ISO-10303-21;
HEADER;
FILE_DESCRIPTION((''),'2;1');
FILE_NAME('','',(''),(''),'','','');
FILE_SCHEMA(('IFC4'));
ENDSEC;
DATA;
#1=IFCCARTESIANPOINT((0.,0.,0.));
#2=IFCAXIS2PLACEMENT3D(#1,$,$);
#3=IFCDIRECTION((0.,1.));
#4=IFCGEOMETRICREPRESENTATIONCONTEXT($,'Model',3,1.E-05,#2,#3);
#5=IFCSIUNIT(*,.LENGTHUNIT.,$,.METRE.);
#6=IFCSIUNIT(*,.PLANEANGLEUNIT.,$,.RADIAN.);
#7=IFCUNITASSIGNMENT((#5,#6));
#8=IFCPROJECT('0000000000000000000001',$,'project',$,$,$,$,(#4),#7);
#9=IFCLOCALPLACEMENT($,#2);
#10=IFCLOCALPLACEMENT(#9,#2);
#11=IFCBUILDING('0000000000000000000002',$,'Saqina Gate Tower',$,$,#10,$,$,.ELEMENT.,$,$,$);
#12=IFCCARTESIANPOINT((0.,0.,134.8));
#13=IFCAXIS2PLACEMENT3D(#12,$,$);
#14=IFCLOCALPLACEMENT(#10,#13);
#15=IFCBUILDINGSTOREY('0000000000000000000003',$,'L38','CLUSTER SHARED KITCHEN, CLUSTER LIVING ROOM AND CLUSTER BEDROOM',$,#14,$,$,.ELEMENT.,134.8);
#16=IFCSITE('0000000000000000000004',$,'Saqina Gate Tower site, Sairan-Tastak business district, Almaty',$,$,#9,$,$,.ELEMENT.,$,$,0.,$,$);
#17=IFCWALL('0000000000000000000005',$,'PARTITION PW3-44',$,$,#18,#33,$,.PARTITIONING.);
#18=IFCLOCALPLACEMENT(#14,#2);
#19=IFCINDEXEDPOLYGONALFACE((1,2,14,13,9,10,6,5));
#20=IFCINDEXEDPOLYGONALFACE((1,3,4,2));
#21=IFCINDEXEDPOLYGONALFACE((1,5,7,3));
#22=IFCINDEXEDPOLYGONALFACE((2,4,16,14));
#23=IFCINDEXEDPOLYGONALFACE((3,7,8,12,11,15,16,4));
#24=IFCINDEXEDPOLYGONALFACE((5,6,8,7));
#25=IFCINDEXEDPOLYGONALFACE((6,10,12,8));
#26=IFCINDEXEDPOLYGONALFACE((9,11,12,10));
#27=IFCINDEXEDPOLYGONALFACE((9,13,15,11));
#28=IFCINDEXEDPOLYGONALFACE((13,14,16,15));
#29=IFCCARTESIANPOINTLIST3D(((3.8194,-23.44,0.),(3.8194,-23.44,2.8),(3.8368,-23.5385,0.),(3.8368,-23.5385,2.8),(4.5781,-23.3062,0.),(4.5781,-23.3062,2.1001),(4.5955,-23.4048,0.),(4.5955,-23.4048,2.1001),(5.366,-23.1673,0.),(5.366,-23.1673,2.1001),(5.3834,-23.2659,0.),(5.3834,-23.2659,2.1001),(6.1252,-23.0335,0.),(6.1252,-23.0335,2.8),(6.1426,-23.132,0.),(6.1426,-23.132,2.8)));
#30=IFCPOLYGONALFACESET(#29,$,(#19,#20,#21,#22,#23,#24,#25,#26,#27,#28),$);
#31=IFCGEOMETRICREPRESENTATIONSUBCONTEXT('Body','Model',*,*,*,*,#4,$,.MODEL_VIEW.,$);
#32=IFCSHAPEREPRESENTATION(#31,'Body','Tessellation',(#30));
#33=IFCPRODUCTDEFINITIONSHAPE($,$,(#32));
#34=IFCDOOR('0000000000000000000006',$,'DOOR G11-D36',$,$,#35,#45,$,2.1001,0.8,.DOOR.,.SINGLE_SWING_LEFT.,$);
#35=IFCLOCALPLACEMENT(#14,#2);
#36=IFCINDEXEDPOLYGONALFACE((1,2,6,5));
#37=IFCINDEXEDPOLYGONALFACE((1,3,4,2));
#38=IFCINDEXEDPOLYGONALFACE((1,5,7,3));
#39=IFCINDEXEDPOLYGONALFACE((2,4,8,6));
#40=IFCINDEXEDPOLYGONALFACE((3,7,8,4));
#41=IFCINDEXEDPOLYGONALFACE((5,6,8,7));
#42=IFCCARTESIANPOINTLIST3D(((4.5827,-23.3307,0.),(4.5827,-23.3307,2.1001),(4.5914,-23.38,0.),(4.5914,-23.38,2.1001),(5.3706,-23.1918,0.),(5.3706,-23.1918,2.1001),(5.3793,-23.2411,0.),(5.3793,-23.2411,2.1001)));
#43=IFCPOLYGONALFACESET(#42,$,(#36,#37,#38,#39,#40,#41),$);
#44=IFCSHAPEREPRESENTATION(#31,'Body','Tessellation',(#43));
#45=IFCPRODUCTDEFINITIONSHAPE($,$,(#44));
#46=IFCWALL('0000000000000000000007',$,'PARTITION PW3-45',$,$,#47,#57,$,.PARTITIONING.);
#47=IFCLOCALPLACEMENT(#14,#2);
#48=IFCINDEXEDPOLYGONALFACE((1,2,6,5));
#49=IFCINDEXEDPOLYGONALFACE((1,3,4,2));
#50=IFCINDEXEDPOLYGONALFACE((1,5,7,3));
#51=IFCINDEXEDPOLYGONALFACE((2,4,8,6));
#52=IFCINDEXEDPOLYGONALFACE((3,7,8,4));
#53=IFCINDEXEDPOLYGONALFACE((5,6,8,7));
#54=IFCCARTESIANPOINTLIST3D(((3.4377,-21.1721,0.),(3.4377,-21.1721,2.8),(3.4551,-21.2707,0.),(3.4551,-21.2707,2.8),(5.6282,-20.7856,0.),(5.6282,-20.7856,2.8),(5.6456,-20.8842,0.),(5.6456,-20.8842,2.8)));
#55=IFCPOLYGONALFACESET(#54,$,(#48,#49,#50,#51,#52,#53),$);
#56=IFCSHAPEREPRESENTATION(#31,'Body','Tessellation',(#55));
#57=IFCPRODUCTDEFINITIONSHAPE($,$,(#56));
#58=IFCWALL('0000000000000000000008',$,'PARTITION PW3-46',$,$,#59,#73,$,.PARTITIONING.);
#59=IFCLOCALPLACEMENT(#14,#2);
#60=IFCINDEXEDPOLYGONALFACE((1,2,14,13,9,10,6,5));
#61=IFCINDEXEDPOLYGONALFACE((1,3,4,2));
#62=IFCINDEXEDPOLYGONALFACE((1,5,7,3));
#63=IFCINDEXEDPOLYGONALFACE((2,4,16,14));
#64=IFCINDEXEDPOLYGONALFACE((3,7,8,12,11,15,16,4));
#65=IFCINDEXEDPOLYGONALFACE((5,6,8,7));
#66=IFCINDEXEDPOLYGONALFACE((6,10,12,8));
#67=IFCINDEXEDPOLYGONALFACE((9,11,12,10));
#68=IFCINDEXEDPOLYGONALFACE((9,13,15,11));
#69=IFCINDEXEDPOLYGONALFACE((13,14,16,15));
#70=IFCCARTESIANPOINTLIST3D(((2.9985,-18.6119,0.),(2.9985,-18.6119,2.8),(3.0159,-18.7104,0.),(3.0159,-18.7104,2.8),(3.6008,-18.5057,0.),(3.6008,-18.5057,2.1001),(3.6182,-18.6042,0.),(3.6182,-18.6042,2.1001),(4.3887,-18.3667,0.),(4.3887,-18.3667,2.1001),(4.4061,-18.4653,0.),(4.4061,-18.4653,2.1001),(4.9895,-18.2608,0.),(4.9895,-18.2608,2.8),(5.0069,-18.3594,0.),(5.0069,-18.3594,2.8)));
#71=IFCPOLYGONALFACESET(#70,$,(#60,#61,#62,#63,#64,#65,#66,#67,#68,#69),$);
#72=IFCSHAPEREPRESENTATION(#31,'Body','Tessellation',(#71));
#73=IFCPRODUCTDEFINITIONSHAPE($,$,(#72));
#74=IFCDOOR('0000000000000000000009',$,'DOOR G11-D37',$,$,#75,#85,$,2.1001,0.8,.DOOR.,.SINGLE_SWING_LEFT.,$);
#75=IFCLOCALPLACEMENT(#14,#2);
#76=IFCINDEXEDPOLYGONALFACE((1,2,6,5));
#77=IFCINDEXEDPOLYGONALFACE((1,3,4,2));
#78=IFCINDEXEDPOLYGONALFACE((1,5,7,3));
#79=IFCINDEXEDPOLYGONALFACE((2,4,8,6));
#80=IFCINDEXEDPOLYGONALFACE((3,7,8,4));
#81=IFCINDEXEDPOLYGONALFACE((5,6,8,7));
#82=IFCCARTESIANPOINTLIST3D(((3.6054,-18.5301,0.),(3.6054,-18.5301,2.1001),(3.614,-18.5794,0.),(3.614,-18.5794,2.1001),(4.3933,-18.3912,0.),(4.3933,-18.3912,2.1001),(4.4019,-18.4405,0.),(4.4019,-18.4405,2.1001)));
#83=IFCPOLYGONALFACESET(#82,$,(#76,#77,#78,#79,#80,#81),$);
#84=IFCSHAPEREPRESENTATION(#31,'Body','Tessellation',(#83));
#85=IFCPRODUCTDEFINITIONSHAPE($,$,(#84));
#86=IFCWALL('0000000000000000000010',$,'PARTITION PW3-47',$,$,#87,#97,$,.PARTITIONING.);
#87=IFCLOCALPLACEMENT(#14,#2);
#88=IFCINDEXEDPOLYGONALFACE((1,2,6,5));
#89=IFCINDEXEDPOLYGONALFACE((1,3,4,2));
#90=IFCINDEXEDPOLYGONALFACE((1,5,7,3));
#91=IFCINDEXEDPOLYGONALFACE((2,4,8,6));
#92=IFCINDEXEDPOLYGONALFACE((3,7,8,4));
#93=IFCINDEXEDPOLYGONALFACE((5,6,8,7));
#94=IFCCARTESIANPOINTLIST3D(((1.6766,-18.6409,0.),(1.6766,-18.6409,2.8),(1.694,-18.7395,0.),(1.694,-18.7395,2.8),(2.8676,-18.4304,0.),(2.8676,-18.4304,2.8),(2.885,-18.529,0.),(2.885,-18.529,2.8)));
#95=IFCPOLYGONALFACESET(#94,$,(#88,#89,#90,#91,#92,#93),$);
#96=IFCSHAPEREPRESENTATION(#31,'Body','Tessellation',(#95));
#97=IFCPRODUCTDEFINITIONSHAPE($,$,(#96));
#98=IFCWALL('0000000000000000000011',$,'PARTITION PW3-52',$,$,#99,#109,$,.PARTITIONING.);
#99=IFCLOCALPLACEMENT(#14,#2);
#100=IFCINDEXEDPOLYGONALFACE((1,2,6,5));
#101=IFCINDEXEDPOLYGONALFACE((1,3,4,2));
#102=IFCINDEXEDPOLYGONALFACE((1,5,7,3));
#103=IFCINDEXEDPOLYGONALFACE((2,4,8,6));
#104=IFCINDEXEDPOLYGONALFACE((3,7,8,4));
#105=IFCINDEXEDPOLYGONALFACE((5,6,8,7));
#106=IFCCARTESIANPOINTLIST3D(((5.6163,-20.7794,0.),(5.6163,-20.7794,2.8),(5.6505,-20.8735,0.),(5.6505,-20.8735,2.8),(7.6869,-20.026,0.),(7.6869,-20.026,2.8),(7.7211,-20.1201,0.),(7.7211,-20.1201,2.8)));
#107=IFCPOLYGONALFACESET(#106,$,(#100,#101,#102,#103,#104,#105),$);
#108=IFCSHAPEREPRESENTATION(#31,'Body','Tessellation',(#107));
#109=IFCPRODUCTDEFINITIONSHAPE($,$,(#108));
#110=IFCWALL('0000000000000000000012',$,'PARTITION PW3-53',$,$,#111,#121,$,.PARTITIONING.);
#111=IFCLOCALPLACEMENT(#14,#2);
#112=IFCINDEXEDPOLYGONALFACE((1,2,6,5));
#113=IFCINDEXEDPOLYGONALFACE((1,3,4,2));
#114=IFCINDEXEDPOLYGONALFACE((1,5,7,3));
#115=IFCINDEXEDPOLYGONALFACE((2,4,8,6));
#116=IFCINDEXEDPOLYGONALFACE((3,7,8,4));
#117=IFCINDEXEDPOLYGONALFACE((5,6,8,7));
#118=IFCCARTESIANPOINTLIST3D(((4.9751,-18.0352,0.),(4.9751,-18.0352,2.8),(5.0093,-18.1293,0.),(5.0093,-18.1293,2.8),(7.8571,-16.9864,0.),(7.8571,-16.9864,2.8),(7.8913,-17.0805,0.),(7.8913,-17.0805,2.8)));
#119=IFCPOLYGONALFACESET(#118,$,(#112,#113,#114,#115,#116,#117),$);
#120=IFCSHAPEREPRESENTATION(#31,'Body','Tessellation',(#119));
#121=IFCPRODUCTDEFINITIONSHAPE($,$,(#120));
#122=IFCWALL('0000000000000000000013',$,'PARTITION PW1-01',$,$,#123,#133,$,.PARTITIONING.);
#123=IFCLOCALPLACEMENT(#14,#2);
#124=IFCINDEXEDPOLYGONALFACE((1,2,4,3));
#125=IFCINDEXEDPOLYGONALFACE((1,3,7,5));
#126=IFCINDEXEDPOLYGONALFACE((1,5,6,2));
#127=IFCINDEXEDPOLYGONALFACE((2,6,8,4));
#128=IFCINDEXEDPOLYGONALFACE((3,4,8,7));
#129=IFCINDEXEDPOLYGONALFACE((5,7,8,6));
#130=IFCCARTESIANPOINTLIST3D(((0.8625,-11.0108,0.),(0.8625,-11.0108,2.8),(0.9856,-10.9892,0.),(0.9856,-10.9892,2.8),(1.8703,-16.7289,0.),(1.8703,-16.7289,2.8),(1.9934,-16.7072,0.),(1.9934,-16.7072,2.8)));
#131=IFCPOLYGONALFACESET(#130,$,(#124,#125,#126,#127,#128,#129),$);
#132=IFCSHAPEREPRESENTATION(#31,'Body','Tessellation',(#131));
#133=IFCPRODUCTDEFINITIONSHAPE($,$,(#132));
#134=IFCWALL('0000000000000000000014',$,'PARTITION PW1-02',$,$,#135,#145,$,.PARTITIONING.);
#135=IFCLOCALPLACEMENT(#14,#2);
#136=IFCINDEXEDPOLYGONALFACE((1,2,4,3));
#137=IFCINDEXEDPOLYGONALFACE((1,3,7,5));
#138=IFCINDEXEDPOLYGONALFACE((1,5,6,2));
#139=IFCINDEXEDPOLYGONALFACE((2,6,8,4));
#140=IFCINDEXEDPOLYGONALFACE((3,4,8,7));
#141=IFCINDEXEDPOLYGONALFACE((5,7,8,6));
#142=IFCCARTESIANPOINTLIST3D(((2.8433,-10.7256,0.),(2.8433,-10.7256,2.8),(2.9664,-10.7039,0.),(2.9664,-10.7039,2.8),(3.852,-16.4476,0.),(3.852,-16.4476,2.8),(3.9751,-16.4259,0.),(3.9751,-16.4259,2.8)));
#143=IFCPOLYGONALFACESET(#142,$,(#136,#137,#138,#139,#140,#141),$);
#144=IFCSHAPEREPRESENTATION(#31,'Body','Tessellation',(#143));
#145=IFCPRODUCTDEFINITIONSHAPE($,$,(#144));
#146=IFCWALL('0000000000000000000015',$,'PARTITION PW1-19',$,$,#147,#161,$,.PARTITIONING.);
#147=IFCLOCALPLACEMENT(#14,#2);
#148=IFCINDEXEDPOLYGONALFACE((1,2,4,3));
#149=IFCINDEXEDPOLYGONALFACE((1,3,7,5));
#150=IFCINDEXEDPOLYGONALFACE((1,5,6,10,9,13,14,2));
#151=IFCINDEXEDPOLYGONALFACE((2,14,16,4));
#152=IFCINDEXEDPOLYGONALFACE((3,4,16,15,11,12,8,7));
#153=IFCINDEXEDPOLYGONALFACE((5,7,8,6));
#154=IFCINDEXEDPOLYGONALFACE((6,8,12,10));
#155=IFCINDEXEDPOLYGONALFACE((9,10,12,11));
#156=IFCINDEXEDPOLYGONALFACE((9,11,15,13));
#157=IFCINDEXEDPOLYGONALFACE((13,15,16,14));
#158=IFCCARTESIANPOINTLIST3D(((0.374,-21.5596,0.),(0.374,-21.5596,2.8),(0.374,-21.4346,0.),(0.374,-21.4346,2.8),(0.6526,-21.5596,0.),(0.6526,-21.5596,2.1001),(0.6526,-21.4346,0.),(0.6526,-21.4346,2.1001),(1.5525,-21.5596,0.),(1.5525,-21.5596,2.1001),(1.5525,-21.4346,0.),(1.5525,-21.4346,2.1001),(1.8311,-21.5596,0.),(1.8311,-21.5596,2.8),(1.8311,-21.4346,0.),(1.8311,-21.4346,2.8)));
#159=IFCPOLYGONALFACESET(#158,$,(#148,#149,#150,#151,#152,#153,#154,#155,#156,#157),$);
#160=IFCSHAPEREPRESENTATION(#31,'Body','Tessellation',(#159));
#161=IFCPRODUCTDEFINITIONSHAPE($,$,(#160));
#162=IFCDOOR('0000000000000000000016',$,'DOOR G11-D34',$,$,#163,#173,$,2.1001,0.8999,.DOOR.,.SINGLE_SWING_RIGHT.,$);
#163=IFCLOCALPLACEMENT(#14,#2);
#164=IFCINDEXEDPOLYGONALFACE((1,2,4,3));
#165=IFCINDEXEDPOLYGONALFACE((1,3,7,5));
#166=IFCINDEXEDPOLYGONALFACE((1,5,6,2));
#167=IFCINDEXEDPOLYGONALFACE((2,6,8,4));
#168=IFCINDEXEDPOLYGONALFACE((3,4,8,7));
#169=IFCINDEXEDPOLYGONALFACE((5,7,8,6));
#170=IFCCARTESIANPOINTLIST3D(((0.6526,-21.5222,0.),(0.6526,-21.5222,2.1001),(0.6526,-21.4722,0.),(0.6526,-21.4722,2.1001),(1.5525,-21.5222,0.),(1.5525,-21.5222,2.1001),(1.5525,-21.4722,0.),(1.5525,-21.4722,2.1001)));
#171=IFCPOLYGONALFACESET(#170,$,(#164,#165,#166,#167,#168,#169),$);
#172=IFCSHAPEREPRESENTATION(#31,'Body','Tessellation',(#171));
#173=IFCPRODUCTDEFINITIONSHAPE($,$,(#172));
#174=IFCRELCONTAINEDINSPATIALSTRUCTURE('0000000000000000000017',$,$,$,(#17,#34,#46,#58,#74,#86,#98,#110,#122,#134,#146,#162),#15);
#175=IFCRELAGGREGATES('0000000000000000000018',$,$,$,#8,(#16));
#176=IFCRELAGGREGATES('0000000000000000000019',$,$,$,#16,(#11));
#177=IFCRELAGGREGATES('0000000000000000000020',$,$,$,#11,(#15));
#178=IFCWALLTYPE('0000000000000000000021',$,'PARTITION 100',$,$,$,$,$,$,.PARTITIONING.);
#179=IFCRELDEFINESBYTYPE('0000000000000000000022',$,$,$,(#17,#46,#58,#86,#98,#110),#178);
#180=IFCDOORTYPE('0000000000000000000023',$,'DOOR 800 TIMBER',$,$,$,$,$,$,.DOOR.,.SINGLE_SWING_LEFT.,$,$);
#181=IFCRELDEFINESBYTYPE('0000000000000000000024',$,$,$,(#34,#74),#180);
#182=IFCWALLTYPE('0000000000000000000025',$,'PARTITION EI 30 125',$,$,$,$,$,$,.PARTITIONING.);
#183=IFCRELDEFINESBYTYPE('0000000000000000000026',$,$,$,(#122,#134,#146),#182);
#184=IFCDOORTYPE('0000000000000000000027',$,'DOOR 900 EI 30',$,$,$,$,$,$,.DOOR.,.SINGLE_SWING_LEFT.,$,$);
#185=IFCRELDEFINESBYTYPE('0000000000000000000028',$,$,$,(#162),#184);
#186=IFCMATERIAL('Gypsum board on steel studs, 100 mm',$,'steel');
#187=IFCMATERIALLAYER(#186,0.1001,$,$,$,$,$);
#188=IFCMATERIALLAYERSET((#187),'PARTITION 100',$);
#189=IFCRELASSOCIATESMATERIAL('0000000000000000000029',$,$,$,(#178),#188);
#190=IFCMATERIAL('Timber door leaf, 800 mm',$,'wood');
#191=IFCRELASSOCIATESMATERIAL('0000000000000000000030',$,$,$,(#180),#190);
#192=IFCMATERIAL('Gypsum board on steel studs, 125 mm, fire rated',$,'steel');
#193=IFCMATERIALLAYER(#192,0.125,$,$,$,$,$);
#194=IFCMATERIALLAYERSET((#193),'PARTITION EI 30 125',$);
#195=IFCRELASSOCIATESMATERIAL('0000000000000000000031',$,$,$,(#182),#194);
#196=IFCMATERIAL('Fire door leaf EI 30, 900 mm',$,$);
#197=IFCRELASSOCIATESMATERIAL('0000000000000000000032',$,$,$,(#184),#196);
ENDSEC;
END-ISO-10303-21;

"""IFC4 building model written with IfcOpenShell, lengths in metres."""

from ifc_helpers import new_model, si_unit, direction, frame, frame_2d, origin, place, context, subcontext, project, spatial, rectangle, extrude, material, layer, layer_set, type_object, element, fill, save


model = new_model("IFC4")

# Units and contexts
model_context = context("Model", 3, precision=1e-05, world=origin(), true_north=direction((0.0, 1.0)))
body_context = subcontext(model_context, "Body", "Model", "MODEL_VIEW")
ifc_project = project(units=[si_unit("LENGTHUNIT", "METRE"), si_unit("PLANEANGLEUNIT", "RADIAN")], contexts=[model_context])

# Site, building, storey
site_placement = place(None, origin())
site = spatial("IfcSite", under=ifc_project, at=site_placement, Name="Saqina Gate Tower site, Sairan-Tastak business district, Almaty", CompositionType="ELEMENT", RefElevation=0.0)
building_placement = place(site_placement, origin())
building = spatial("IfcBuilding", under=site, at=building_placement, Name="Saqina Gate Tower", CompositionType="ELEMENT")
storey_placement = place(building_placement, frame((0.0, 0.0, 134.8)))
storey = spatial("IfcBuildingStorey", under=building, at=storey_placement, Name="L38", Description="CLUSTER SHARED KITCHEN, CLUSTER LIVING ROOM AND CLUSTER BEDROOM", CompositionType="ELEMENT", Elevation=134.8)

# Shared definitions
ifc_material_1 = material(Name="Gypsum board on steel studs, 100 mm", Category="steel")
ifc_layer_1 = layer(ifc_material_1, 0.1001)
ifc_layer_set_1 = layer_set([ifc_layer_1], Name="PARTITION 100")
wall_type_1 = type_object("IfcWallType", Name="PARTITION 100", PredefinedType="PARTITIONING", material=ifc_layer_set_1)

# Wall, opening, door
wall_1_placement = place(storey_placement, frame((3.8281, -23.4893, 0.0), z_axis=(0.0, 0.0, 1.0), x_axis=(0.984812, 0.173625, 0.0)))
wall_1 = element("IfcWall", 1, at=wall_1_placement, inside=storey, type_object=wall_type_1, Name="PARTITION PW3-44", PredefinedType="PARTITIONING", context=body_context, shape_type="SweptSolid", body=[
    extrude(rectangle(XDim=2.3413, YDim=0.1001, at=frame_2d((1.1707, 0.0))), origin(), (0.0, 0.0, 1.0), 2.8),
])
opening_1_placement = place(wall_1_placement, frame((0.7705, 0.0, 0.0)))
opening_1 = element("IfcOpeningElement", 2, at=opening_1_placement, cuts=wall_1, PredefinedType="OPENING", context=body_context, shape_type="SweptSolid", body=[
    extrude(rectangle(XDim=0.8, YDim=2.1001, at=frame_2d((0.3999, 1.05))), frame((0.0, 0.062, 0.0), z_axis=(0.0, -1.0, 0.0), x_axis=(1.0, 0.0, 0.0)), (0.0, 0.0, 1.0), 0.124),
])
ifc_material_2 = material(Name="Timber door leaf, 800 mm", Category="wood")
door_type_1 = type_object("IfcDoorType", Name="DOOR 800 TIMBER", OperationType="SINGLE_SWING_LEFT", PredefinedType="DOOR", material=ifc_material_2)
door_1_placement = place(opening_1_placement, frame((0.8, 0.0, 0.0), z_axis=(0.0, 0.0, 1.0), x_axis=(-1.0, 0.0, 0.0)))
door_1 = element("IfcDoor", 3, at=door_1_placement, inside=storey, type_object=door_type_1, Name="DOOR G11-D36", OperationType="SINGLE_SWING_LEFT", OverallHeight=2.1001, OverallWidth=0.8, PredefinedType="DOOR", context=body_context, shape_type="SweptSolid", body=[
    extrude(rectangle(XDim=0.8, YDim=2.1001, at=frame_2d((0.3999, 1.05))), frame((0.0, 0.0249, 0.0), z_axis=(0.0, -1.0, 0.0), x_axis=(1.0, 0.0, 0.0)), (0.0, 0.0, 1.0), 0.05),
])
fill(opening_1, door_1)

# Wall
wall_2_placement = place(storey_placement, frame((3.4463, -21.2214, 0.0), z_axis=(0.0, 0.0, 1.0), x_axis=(0.984789, 0.173754, 0.0)))
element("IfcWall", 4, at=wall_2_placement, inside=storey, type_object=wall_type_1, Name="PARTITION PW3-45", PredefinedType="PARTITIONING", context=body_context, shape_type="SweptSolid", body=[
    extrude(rectangle(XDim=2.2244, YDim=0.1001, at=frame_2d((1.1123, 0.0))), origin(), (0.0, 0.0, 1.0), 2.8),
])

# Wall, opening, door
wall_3_placement = place(storey_placement, frame((3.0073, -18.6611, 0.0), z_axis=(0.0, 0.0, 1.0), x_axis=(0.984807, 0.173654, 0.0)))
wall_3 = element("IfcWall", 5, at=wall_3_placement, inside=storey, type_object=wall_type_1, Name="PARTITION PW3-46", PredefinedType="PARTITIONING", context=body_context, shape_type="SweptSolid", body=[
    extrude(rectangle(XDim=2.0217, YDim=0.1001, at=frame_2d((1.0107, 0.0))), origin(), (0.0, 0.0, 1.0), 2.8),
])
opening_2_placement = place(wall_3_placement, frame((0.6116, 0.0, 0.0)))
opening_2 = element("IfcOpeningElement", 6, at=opening_2_placement, cuts=wall_3, PredefinedType="OPENING", context=body_context, shape_type="SweptSolid", body=[
    extrude(rectangle(XDim=0.8, YDim=2.1001, at=frame_2d((0.3999, 1.05))), frame((0.0, 0.062, 0.0), z_axis=(0.0, -1.0, 0.0), x_axis=(1.0, 0.0, 0.0)), (0.0, 0.0, 1.0), 0.124),
])
door_2_placement = place(opening_2_placement, frame((0.8, 0.0, 0.0), z_axis=(0.0, 0.0, 1.0), x_axis=(-1.0, 0.0, 0.0)))
door_2 = element("IfcDoor", 7, at=door_2_placement, inside=storey, type_object=door_type_1, Name="DOOR G11-D37", OperationType="SINGLE_SWING_LEFT", OverallHeight=2.1001, OverallWidth=0.8, PredefinedType="DOOR", context=body_context, shape_type="SweptSolid", body=[
    extrude(rectangle(XDim=0.8, YDim=2.1001, at=frame_2d((0.3999, 1.05))), frame((0.0, 0.0249, 0.0), z_axis=(0.0, -1.0, 0.0), x_axis=(1.0, 0.0, 0.0)), (0.0, 0.0, 1.0), 0.05),
])
fill(opening_2, door_2)

# Walls
wall_4_placement = place(storey_placement, frame((1.6853, -18.6902, 0.0), z_axis=(0.0, 0.0, 1.0), x_axis=(0.984743, 0.174016, 0.0)))
element("IfcWall", 8, at=wall_4_placement, inside=storey, type_object=wall_type_1, Name="PARTITION PW3-47", PredefinedType="PARTITIONING", context=body_context, shape_type="SweptSolid", body=[
    extrude(rectangle(XDim=1.2095, YDim=0.1001, at=frame_2d((0.6047, 0.0))), origin(), (0.0, 0.0, 1.0), 2.8),
])
wall_5_placement = place(storey_placement, frame((5.6335, -20.8264, 0.0), z_axis=(0.0, 0.0, 1.0), x_axis=(0.939722, 0.341939, 0.0)))
element("IfcWall", 9, at=wall_5_placement, inside=storey, type_object=wall_type_1, Name="PARTITION PW3-52", PredefinedType="PARTITIONING", context=body_context, shape_type="SweptSolid", body=[
    extrude(rectangle(XDim=2.2034, YDim=0.1001, at=frame_2d((1.1016, 0.0))), origin(), (0.0, 0.0, 1.0), 2.8),
])
wall_6_placement = place(storey_placement, frame((4.9922, -18.0823, 0.0), z_axis=(0.0, 0.0, 1.0), x_axis=(0.93971, 0.341973, 0.0)))
element("IfcWall", 10, at=wall_6_placement, inside=storey, type_object=wall_type_1, Name="PARTITION PW3-53", PredefinedType="PARTITIONING", context=body_context, shape_type="SweptSolid", body=[
    extrude(rectangle(XDim=3.0669, YDim=0.1001, at=frame_2d((1.5334, 0.0))), origin(), (0.0, 0.0, 1.0), 2.8),
])
ifc_material_3 = material(Name="Gypsum board on steel studs, 125 mm, fire rated", Category="steel")
ifc_layer_2 = layer(ifc_material_3, 0.125)
ifc_layer_set_2 = layer_set([ifc_layer_2], Name="PARTITION EI 30 125")
wall_type_2 = type_object("IfcWallType", Name="PARTITION EI 30 125", PredefinedType="PARTITIONING", material=ifc_layer_set_2)
wall_7_placement = place(storey_placement, frame((0.9241, -11.0, 0.0), z_axis=(0.0, 0.0, 1.0), x_axis=(0.173577, -0.98482, 0.0)))
element("IfcWall", 11, at=wall_7_placement, inside=storey, type_object=wall_type_2, Name="PARTITION PW1-01", PredefinedType="PARTITIONING", context=body_context, shape_type="SweptSolid", body=[
    extrude(rectangle(XDim=5.8062, YDim=0.125, at=frame_2d((2.9031, 0.0))), origin(), (0.0, 0.0, 1.0), 2.8),
])
wall_8_placement = place(storey_placement, frame((2.9048, -10.7146, 0.0), z_axis=(0.0, 0.0, 1.0), x_axis=(0.173618, -0.984813, 0.0)))
element("IfcWall", 12, at=wall_8_placement, inside=storey, type_object=wall_type_2, Name="PARTITION PW1-02", PredefinedType="PARTITIONING", context=body_context, shape_type="SweptSolid", body=[
    extrude(rectangle(XDim=5.8103, YDim=0.125, at=frame_2d((2.9053, 0.0))), origin(), (0.0, 0.0, 1.0), 2.8),
])

# Wall, opening, door
wall_9_placement = place(storey_placement, frame((0.374, -21.4971, 0.0), z_axis=(0.0, 0.0, 1.0), x_axis=(1.0, 0.0, 0.0)))
wall_9 = element("IfcWall", 13, at=wall_9_placement, inside=storey, type_object=wall_type_2, Name="PARTITION PW1-19", PredefinedType="PARTITIONING", context=body_context, shape_type="SweptSolid", body=[
    extrude(rectangle(XDim=1.457, YDim=0.125, at=frame_2d((0.7285, 0.0))), origin(), (0.0, 0.0, 1.0), 2.8),
])
opening_3_placement = place(wall_9_placement, frame((0.2786, 0.0, 0.0)))
opening_3 = element("IfcOpeningElement", 14, at=opening_3_placement, cuts=wall_9, PredefinedType="OPENING", context=body_context, shape_type="SweptSolid", body=[
    extrude(rectangle(XDim=0.8999, YDim=2.1001, at=frame_2d((0.45, 1.05))), frame((0.0, 0.0745, 0.0), z_axis=(0.0, -1.0, 0.0), x_axis=(1.0, 0.0, 0.0)), (0.0, 0.0, 1.0), 0.1489),
])
ifc_material_4 = material(Name="Fire door leaf EI 30, 900 mm")
door_type_2 = type_object("IfcDoorType", Name="DOOR 900 EI 30", OperationType="SINGLE_SWING_LEFT", PredefinedType="DOOR", material=ifc_material_4)
door_3_placement = place(opening_3_placement, origin())
door_3 = element("IfcDoor", 15, at=door_3_placement, inside=storey, type_object=door_type_2, Name="DOOR G11-D34", OperationType="SINGLE_SWING_RIGHT", OverallHeight=2.1001, OverallWidth=0.8999, PredefinedType="DOOR", context=body_context, shape_type="SweptSolid", body=[
    extrude(rectangle(XDim=0.8999, YDim=2.1001, at=frame_2d((0.45, 1.05))), frame((0.0, 0.0249, 0.0), z_axis=(0.0, -1.0, 0.0), x_axis=(1.0, 0.0, 0.0)), (0.0, 0.0, 1.0), 0.05),
])
fill(opening_3, door_3)

save(model, "model.ifc")
